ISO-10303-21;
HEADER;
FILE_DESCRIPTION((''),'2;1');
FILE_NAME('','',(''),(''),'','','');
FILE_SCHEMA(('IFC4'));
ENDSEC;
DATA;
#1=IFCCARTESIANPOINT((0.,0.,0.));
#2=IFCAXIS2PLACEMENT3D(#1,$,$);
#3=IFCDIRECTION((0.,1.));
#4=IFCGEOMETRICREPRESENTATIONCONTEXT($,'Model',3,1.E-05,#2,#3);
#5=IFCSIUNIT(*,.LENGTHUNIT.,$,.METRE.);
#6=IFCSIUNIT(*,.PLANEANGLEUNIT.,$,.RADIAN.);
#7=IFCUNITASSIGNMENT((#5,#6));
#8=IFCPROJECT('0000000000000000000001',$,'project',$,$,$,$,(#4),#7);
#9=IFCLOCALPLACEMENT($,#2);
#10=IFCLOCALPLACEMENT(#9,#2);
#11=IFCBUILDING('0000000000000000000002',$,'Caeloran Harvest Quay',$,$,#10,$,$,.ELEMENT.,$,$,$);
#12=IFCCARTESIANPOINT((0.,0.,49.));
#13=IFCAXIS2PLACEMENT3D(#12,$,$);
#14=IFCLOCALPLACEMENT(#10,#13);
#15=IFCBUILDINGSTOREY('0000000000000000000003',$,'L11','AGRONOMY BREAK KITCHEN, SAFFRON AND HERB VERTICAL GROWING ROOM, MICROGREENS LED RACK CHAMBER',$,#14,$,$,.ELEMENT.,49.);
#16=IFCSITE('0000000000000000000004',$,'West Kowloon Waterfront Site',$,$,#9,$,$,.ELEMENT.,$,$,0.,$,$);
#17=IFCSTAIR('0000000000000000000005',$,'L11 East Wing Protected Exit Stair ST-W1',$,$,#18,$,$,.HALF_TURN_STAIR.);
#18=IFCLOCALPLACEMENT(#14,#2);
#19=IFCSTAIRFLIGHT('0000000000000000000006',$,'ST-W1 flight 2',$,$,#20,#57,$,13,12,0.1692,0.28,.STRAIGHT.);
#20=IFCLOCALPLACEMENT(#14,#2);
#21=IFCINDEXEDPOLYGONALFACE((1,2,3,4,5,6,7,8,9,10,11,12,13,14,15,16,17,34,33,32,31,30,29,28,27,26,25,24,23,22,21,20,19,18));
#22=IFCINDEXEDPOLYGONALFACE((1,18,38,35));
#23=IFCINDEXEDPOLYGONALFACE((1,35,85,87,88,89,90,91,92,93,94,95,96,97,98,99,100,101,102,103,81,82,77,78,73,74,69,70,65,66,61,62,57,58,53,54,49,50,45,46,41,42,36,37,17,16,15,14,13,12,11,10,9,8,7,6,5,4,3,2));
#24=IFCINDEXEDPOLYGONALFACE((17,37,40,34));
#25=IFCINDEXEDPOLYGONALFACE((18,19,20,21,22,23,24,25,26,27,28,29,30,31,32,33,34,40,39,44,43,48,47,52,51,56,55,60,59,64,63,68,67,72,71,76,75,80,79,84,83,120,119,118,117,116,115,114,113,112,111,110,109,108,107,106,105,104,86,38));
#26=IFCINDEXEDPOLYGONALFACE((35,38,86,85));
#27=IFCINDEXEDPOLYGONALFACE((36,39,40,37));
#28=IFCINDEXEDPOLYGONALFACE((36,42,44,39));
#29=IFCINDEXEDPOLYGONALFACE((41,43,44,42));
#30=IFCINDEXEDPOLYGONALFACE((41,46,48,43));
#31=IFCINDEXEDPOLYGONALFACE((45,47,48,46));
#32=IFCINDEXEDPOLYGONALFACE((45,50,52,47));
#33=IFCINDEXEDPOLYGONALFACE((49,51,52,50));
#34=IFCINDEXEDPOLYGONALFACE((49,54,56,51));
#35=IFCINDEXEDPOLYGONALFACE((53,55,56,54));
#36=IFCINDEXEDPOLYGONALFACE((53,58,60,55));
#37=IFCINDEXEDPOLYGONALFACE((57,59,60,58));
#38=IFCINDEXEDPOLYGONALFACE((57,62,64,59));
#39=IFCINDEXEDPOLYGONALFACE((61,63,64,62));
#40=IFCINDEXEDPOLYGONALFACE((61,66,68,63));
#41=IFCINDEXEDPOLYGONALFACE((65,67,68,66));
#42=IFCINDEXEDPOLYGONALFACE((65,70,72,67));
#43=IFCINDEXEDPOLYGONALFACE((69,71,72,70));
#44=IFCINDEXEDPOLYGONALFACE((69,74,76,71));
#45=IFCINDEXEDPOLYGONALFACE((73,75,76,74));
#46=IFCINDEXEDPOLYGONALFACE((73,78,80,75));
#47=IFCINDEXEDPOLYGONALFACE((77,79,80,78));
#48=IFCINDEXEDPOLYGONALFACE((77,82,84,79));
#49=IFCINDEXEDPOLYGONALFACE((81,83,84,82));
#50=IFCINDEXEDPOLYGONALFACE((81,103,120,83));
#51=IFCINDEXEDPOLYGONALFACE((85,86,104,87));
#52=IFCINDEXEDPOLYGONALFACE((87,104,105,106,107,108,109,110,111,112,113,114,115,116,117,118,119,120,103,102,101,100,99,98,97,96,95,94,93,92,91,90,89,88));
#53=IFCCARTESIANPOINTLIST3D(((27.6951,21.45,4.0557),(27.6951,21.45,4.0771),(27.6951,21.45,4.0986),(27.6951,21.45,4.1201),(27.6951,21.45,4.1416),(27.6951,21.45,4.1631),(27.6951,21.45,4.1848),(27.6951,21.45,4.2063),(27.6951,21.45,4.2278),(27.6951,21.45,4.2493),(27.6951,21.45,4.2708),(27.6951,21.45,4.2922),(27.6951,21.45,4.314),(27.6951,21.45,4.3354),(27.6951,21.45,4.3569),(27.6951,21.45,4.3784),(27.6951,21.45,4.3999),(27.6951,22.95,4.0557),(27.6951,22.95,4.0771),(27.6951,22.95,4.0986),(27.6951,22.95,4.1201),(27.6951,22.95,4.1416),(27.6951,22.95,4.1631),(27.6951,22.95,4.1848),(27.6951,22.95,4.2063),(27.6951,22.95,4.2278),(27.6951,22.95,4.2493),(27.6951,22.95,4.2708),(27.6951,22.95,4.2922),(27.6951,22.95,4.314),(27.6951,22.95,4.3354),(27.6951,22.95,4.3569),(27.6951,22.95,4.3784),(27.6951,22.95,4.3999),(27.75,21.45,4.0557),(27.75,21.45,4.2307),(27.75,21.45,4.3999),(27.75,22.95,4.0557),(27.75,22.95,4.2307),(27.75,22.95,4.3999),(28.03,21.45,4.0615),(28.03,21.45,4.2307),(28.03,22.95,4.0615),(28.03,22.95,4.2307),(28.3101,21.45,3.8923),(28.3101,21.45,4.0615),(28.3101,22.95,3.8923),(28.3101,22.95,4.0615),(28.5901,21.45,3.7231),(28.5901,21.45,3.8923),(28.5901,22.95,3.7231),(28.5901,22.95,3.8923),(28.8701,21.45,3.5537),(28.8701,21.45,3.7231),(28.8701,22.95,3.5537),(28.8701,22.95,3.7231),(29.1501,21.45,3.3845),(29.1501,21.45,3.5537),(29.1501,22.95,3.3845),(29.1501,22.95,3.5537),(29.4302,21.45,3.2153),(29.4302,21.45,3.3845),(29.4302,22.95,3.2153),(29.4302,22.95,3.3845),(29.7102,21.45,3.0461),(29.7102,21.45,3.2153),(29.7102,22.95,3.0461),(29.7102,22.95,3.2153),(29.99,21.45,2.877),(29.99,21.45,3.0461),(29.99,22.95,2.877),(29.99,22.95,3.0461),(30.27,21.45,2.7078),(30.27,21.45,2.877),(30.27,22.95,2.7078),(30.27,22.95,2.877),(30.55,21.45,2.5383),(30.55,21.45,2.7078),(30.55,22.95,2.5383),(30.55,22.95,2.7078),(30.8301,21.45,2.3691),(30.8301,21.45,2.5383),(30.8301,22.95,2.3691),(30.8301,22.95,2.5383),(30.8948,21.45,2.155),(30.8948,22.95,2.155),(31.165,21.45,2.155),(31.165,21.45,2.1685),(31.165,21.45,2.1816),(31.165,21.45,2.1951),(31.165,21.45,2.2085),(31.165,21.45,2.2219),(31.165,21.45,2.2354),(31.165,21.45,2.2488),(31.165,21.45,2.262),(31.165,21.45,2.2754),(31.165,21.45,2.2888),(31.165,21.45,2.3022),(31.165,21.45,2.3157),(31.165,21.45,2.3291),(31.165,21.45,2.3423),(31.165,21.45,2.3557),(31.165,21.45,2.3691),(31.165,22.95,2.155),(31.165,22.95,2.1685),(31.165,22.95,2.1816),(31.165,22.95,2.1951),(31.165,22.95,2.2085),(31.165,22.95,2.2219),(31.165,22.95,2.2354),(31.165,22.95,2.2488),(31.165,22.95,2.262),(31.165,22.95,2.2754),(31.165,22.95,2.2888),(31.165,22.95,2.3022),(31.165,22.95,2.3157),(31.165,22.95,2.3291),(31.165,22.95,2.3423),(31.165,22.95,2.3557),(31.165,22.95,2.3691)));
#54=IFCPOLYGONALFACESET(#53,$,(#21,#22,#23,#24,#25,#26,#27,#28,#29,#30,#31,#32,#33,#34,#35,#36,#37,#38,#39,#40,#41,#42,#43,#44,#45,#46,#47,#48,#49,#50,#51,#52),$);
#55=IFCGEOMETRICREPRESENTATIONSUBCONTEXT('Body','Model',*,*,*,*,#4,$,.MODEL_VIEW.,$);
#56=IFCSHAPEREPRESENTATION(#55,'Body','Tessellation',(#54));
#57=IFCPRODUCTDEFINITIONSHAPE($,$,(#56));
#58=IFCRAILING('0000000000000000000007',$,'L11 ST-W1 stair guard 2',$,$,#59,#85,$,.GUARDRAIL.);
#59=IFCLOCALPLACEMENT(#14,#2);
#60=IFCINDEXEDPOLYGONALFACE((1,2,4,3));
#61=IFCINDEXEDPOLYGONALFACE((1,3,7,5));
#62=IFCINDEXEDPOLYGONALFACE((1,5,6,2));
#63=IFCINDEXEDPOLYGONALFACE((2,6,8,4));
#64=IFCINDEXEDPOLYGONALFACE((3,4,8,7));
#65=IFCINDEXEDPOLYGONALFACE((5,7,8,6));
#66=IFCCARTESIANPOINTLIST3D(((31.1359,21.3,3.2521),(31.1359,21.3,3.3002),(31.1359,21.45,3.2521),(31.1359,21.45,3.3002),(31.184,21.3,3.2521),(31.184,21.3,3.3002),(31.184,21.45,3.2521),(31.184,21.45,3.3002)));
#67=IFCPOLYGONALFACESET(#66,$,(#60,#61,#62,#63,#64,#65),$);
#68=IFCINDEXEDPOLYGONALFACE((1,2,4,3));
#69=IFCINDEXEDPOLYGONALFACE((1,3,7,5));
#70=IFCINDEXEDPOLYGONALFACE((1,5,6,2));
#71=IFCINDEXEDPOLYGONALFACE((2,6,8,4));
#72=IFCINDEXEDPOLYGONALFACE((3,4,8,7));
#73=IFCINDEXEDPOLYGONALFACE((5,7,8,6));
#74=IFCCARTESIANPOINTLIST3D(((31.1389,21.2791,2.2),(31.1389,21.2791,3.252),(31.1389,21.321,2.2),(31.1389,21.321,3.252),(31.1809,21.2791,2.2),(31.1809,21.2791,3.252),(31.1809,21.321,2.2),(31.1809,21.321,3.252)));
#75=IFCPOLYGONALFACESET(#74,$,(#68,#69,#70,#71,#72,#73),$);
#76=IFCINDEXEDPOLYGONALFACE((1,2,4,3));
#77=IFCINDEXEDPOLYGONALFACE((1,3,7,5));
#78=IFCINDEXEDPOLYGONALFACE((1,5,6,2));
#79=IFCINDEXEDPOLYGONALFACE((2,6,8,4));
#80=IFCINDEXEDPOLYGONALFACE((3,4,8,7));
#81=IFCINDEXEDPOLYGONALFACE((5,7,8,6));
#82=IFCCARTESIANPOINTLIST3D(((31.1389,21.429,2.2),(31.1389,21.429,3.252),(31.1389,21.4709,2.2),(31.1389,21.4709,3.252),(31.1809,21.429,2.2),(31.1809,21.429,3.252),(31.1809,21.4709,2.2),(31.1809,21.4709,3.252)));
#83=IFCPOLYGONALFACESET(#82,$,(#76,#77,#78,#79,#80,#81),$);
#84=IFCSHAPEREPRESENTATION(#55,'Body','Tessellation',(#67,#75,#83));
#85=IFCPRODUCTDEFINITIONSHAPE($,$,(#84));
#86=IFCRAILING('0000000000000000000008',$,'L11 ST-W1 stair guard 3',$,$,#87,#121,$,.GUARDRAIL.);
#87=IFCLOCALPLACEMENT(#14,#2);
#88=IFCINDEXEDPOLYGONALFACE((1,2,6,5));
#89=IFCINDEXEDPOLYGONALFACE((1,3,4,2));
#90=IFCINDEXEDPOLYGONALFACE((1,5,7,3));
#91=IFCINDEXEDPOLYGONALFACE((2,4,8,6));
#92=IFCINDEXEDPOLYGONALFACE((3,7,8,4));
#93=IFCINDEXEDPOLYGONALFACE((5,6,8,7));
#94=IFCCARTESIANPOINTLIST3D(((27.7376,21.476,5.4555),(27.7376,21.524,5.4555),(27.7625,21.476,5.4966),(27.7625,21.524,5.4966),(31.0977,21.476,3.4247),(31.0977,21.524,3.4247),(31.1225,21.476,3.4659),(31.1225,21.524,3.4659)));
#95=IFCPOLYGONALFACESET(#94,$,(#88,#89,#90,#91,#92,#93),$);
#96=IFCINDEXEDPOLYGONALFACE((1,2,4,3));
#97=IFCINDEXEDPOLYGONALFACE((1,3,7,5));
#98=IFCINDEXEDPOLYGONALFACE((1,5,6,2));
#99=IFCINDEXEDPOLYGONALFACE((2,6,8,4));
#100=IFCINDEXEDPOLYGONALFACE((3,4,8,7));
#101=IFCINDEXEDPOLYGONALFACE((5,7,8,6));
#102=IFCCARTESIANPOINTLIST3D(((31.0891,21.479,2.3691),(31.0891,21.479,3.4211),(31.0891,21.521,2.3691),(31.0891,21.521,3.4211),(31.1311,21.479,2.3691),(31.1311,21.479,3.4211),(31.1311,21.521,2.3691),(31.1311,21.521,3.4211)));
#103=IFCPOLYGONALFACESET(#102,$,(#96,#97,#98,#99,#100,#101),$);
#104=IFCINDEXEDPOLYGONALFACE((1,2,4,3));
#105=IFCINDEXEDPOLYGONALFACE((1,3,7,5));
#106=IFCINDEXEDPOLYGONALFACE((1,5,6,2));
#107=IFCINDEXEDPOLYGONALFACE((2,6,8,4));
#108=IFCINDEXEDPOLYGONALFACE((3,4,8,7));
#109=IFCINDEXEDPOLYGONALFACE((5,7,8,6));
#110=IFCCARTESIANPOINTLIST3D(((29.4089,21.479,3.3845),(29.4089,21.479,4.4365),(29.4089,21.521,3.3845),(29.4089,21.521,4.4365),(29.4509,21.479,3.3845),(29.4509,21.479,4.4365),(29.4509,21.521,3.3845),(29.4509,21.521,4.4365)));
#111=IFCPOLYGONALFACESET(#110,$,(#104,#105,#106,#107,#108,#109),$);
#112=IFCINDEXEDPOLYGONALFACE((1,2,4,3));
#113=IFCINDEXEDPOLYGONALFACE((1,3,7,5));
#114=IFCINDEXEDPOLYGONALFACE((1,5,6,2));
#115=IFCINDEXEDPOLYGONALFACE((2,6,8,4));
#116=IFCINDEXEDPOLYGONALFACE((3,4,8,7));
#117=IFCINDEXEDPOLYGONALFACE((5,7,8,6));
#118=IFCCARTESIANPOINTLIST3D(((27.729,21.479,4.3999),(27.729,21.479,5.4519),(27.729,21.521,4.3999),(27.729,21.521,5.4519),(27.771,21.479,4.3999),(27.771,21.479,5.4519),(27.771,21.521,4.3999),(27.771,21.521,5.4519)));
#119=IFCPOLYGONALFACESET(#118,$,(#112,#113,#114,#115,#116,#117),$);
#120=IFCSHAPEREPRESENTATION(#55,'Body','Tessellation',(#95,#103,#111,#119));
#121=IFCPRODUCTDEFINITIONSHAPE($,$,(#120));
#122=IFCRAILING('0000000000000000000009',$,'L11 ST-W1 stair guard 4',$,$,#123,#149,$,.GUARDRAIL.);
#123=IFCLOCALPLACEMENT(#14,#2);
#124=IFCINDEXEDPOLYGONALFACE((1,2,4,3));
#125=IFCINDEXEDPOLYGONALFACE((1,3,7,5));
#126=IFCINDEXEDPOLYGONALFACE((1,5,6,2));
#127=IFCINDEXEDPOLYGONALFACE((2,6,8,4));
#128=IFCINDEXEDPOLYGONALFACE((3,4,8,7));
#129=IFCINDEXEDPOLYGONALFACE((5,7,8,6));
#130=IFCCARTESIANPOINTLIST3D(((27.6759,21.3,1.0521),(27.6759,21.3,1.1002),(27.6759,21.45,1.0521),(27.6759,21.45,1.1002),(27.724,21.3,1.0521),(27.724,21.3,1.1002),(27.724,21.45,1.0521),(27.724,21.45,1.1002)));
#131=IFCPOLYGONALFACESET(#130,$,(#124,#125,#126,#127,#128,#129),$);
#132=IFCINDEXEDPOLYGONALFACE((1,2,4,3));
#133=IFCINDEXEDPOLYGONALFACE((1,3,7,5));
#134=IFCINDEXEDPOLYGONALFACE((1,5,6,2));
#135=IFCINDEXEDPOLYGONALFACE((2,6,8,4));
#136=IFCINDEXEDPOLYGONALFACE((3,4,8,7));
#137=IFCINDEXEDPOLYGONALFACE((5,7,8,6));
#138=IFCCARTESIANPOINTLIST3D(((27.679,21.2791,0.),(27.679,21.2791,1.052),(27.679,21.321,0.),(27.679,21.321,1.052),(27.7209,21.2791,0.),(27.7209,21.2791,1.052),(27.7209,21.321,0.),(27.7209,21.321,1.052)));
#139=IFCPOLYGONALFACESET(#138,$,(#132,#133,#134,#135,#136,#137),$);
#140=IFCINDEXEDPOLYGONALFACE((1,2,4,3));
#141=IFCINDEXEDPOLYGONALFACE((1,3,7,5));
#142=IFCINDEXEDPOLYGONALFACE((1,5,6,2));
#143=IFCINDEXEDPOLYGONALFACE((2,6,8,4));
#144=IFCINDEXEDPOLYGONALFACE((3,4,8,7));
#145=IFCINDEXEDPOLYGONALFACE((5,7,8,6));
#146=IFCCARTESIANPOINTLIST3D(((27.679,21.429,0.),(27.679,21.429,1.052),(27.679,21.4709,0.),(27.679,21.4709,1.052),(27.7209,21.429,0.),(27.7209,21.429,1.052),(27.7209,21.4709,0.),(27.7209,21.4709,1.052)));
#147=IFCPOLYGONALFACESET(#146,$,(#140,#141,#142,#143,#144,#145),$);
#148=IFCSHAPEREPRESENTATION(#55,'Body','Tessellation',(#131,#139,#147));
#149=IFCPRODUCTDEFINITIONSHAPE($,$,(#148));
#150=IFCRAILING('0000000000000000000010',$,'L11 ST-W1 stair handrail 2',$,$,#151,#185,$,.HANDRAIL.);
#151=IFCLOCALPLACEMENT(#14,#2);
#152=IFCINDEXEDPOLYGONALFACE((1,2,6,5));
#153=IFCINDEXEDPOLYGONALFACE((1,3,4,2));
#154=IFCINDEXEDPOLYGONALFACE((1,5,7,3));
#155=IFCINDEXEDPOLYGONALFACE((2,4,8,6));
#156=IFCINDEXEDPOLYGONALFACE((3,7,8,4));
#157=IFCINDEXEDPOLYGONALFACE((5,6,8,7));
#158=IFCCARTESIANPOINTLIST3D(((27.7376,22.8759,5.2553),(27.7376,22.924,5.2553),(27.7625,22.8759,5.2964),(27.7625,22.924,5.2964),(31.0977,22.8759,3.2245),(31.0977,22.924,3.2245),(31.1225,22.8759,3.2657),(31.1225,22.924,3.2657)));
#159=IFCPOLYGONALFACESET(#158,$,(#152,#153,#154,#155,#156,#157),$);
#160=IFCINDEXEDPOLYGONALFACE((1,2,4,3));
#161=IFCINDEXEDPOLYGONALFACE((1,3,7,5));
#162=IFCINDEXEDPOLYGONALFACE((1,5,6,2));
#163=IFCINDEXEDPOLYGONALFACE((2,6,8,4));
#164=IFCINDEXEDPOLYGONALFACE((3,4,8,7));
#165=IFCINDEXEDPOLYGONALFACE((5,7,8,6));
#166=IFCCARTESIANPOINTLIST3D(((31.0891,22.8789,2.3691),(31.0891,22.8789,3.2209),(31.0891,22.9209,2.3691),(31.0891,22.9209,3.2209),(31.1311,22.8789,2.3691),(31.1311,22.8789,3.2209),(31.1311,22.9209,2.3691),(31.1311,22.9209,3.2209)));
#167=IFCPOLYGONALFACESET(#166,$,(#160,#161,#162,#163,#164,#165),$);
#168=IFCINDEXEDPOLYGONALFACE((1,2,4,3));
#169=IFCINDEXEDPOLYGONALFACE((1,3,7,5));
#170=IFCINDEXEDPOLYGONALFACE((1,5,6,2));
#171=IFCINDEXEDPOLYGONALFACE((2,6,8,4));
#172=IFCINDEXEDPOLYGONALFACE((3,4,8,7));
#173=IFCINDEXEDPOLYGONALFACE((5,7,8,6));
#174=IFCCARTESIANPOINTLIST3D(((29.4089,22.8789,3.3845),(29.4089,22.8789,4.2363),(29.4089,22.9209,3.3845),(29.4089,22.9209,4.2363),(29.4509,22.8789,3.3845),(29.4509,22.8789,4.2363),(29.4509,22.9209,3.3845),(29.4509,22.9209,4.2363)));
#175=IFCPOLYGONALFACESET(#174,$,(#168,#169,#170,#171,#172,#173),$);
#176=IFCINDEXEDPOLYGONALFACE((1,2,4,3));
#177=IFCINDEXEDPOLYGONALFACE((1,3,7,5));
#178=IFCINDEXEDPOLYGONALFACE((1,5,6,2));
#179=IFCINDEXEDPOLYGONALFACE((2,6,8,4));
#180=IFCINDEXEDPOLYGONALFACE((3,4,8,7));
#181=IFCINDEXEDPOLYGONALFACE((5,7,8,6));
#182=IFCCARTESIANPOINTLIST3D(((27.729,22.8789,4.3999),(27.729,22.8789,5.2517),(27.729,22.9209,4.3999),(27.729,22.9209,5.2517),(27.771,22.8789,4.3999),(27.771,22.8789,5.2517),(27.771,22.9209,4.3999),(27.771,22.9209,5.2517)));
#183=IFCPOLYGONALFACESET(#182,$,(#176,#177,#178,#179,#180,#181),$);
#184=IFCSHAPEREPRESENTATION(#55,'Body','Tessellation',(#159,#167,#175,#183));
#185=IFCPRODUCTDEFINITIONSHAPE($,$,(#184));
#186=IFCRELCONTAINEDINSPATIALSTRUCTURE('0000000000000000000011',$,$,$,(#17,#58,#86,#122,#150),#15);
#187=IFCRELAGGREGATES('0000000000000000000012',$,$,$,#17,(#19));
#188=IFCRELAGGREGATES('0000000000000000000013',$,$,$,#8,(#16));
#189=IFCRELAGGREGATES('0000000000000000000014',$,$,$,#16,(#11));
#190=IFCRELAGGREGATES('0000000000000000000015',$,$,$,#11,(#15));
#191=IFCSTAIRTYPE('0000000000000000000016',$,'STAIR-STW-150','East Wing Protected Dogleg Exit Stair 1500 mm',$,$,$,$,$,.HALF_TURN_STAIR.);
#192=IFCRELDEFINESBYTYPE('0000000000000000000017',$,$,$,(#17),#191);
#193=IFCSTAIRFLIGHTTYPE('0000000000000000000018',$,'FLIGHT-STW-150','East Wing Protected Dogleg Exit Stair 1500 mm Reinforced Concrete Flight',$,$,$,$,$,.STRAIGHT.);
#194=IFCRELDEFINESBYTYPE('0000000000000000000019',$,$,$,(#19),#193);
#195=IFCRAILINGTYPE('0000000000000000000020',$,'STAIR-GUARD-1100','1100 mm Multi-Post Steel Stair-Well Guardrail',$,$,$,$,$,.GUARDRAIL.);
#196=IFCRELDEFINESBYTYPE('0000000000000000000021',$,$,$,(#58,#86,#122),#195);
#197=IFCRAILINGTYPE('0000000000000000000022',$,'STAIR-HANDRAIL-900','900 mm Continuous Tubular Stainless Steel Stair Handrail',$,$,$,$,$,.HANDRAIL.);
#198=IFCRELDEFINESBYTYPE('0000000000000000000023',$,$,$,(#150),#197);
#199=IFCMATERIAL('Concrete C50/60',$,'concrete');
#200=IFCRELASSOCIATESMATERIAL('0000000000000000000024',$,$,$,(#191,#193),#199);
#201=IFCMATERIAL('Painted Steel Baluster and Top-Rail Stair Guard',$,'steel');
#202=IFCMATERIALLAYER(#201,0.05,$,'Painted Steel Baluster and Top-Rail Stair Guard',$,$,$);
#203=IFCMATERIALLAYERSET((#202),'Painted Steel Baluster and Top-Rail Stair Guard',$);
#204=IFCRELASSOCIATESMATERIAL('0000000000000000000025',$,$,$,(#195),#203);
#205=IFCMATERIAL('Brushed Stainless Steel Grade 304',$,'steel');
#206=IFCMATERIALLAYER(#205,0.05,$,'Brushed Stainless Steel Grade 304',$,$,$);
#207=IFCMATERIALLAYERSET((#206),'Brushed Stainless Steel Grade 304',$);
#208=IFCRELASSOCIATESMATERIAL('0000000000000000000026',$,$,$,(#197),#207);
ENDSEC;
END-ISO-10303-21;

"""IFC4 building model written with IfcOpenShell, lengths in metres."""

from ifc_helpers import new_model, si_unit, direction, frame, origin, origin_2d, place, context, subcontext, project, spatial, polyline, rectangle, outline, extrude, material, layer, layer_set, type_object, element, aggregate, save


model = new_model("IFC4")

# Units and contexts
model_context = context("Model", 3, precision=1e-05, world=origin(), true_north=direction((0.0, 1.0)))
body_context = subcontext(model_context, "Body", "Model", "MODEL_VIEW")
ifc_project = project(units=[si_unit("LENGTHUNIT", "METRE"), si_unit("PLANEANGLEUNIT", "RADIAN")], contexts=[model_context])

# Site, building, storey
site_placement = place(None, origin())
site = spatial("IfcSite", under=ifc_project, at=site_placement, Name="West Kowloon Waterfront Site", CompositionType="ELEMENT", RefElevation=0.0)
building_placement = place(site_placement, origin())
building = spatial("IfcBuilding", under=site, at=building_placement, Name="Caeloran Harvest Quay", CompositionType="ELEMENT")
storey_placement = place(building_placement, frame((0.0, 0.0, 49.0)))
storey = spatial("IfcBuildingStorey", under=building, at=storey_placement, Name="L11", Description="AGRONOMY BREAK KITCHEN, SAFFRON AND HERB VERTICAL GROWING ROOM, MICROGREENS LED RACK CHAMBER", CompositionType="ELEMENT", Elevation=49.0)

# Stair, stair flight
ifc_material_1 = material(Name="Concrete C50/60", Category="concrete")
stair_type = type_object("IfcStairType", Name="STAIR-STW-150", Description="East Wing Protected Dogleg Exit Stair 1500 mm", PredefinedType="HALF_TURN_STAIR", material=ifc_material_1)
stair_placement = place(storey_placement, origin())
stair = element("IfcStair", 1, at=stair_placement, inside=storey, type_object=stair_type, Name="L11 East Wing Protected Exit Stair ST-W1", PredefinedType="HALF_TURN_STAIR")
stair_flight_type = type_object("IfcStairFlightType", Name="FLIGHT-STW-150", Description="East Wing Protected Dogleg Exit Stair 1500 mm Reinforced Concrete Flight", PredefinedType="STRAIGHT", material=ifc_material_1)
stair_flight_placement = place(storey_placement, frame((31.1101, 22.2, 2.2), z_axis=(0.0, 0.0, 1.0), x_axis=(-1.0, 0.0, 0.0)))
stair_flight = element("IfcStairFlight", 2, at=stair_flight_placement, type_object=stair_flight_type, Name="ST-W1 flight 2", NumberOfRisers=13, NumberOfTreads=12, PredefinedType="STRAIGHT", RiserHeight=0.1692, TreadLength=0.28, context=body_context, shape_type="SweptSolid", body=[
    extrude(outline(polyline([(-0.0549, -0.0449), (-0.0549, -0.0315), (-0.0549, -0.0183), (-0.0549, -0.0049), (-0.0549, 0.0085), (-0.0549, 0.022), (-0.0549, 0.0354), (-0.0549, 0.0488), (-0.0549, 0.062), (-0.0549, 0.0754), (-0.0549, 0.0889), (-0.0549, 0.1023), (-0.0549, 0.1157), (-0.0549, 0.1292), (-0.0549, 0.1423), (-0.0549, 0.1558), (-0.0549, 0.1692), (0.28, 0.1692), (0.28, 0.3384), (0.5601, 0.3384), (0.5601, 0.5078), (0.8401, 0.5078), (0.8401, 0.677), (1.1201, 0.677), (1.1201, 0.8462), (1.3999, 0.8462), (1.3999, 1.0154), (1.6799, 1.0154), (1.6799, 1.1846), (1.96, 1.1846), (1.96, 1.3538), (2.24, 1.3538), (2.24, 1.5232), (2.52, 1.5232), (2.52, 1.6924), (2.8, 1.6924), (2.8, 1.8616), (3.0801, 1.8616), (3.0801, 2.0308), (3.3601, 2.0308), (3.3601, 2.2), (3.415, 2.2), (3.415, 2.1785), (3.415, 2.157), (3.415, 2.1355), (3.415, 2.114), (3.415, 2.0923), (3.415, 2.0708), (3.415, 2.0493), (3.415, 2.0278), (3.415, 2.0063), (3.415, 1.9849), (3.415, 1.9631), (3.415, 1.9417), (3.415, 1.9202), (3.415, 1.8987), (3.415, 1.8772), (3.415, 1.8557), (3.3601, 1.8557), (0.2153, -0.0449), (-0.0549, -0.0449)])), frame((0.0, 0.75, 0.0), z_axis=(0.0, -1.0, 0.0), x_axis=(1.0, 0.0, 0.0)), (0.0, 0.0, 1.0), 1.5),
])
aggregate(stair, [stair_flight])

# Railings
ifc_material_2 = material(Name="Painted Steel Baluster and Top-Rail Stair Guard", Category="steel")
ifc_layer_1 = layer(ifc_material_2, 0.05, Name="Painted Steel Baluster and Top-Rail Stair Guard")
ifc_layer_set_1 = layer_set([ifc_layer_1], Name="Painted Steel Baluster and Top-Rail Stair Guard")
railing_type_1 = type_object("IfcRailingType", Name="STAIR-GUARD-1100", Description="1100 mm Multi-Post Steel Stair-Well Guardrail", PredefinedType="GUARDRAIL", material=ifc_layer_set_1)
railing_1_placement = place(storey_placement, frame((31.1599, 21.3, 2.2)))
element("IfcRailing", 3, at=railing_1_placement, inside=storey, type_object=railing_type_1, Name="L11 ST-W1 stair guard 2", PredefinedType="GUARDRAIL", context=body_context, shape_type="SweptSolid", body=[
    extrude(rectangle(XDim=0.0481, YDim=0.0481, at=origin_2d()), frame((0.0, 0.0, 1.0762), z_axis=(0.0, 1.0, 0.0), x_axis=(-1.0, 0.0, 0.0)), (0.0, 0.0, 1.0), 0.1499),
    extrude(rectangle(XDim=0.042, YDim=0.042, at=origin_2d()), origin(), (0.0, 0.0, 1.0), 1.052),
    extrude(rectangle(XDim=0.042, YDim=0.042, at=origin_2d()), frame((0.0, 0.1499, 0.0)), (0.0, 0.0, 1.0), 1.052),
])
railing_2_placement = place(storey_placement, frame((31.1101, 21.5, 2.3691)))
element("IfcRailing", 4, at=railing_2_placement, inside=storey, type_object=railing_type_1, Name="L11 ST-W1 stair guard 3", PredefinedType="GUARDRAIL", context=body_context, shape_type="SweptSolid", body=[
    extrude(rectangle(XDim=0.0481, YDim=0.0481, at=origin_2d()), frame((0.0, 0.0, 1.0762), z_axis=(-0.855837, 0.0, 0.517246), x_axis=(0.0, -1.0, 0.0)), (0.0, 0.0, 1.0), 3.926),
    extrude(rectangle(XDim=0.042, YDim=0.042, at=origin_2d()), origin(), (0.0, 0.0, 1.0), 1.052),
    extrude(rectangle(XDim=0.042, YDim=0.042, at=origin_2d()), frame((-1.6802, 0.0, 1.0154)), (0.0, 0.0, 1.0), 1.052),
    extrude(rectangle(XDim=0.042, YDim=0.042, at=origin_2d()), frame((-3.3601, 0.0, 2.0308)), (0.0, 0.0, 1.0), 1.052),
])
railing_3_placement = place(storey_placement, frame((27.7, 21.3, 0.0)))
element("IfcRailing", 5, at=railing_3_placement, inside=storey, type_object=railing_type_1, Name="L11 ST-W1 stair guard 4", PredefinedType="GUARDRAIL", context=body_context, shape_type="SweptSolid", body=[
    extrude(rectangle(XDim=0.0481, YDim=0.0481, at=origin_2d()), frame((0.0, 0.0, 1.0762), z_axis=(0.0, 1.0, 0.0), x_axis=(-1.0, 0.0, 0.0)), (0.0, 0.0, 1.0), 0.1499),
    extrude(rectangle(XDim=0.042, YDim=0.042, at=origin_2d()), origin(), (0.0, 0.0, 1.0), 1.052),
    extrude(rectangle(XDim=0.042, YDim=0.042, at=origin_2d()), frame((0.0, 0.1499, 0.0)), (0.0, 0.0, 1.0), 1.052),
])
ifc_material_3 = material(Name="Brushed Stainless Steel Grade 304", Category="steel")
ifc_layer_2 = layer(ifc_material_3, 0.05, Name="Brushed Stainless Steel Grade 304")
ifc_layer_set_2 = layer_set([ifc_layer_2], Name="Brushed Stainless Steel Grade 304")
railing_type_2 = type_object("IfcRailingType", Name="STAIR-HANDRAIL-900", Description="900 mm Continuous Tubular Stainless Steel Stair Handrail", PredefinedType="HANDRAIL", material=ifc_layer_set_2)
railing_4_placement = place(storey_placement, frame((31.1101, 22.8999, 2.3691)))
element("IfcRailing", 6, at=railing_4_placement, inside=storey, type_object=railing_type_2, Name="L11 ST-W1 stair handrail 2", PredefinedType="HANDRAIL", context=body_context, shape_type="SweptSolid", body=[
    extrude(rectangle(XDim=0.0481, YDim=0.0481, at=origin_2d()), frame((0.0, 0.0, 0.876), z_axis=(-0.855837, 0.0, 0.517246), x_axis=(0.0, -1.0, 0.0)), (0.0, 0.0, 1.0), 3.926),
    extrude(rectangle(XDim=0.042, YDim=0.042, at=origin_2d()), origin(), (0.0, 0.0, 1.0), 0.8518),
    extrude(rectangle(XDim=0.042, YDim=0.042, at=origin_2d()), frame((-1.6802, 0.0, 1.0154)), (0.0, 0.0, 1.0), 0.8518),
    extrude(rectangle(XDim=0.042, YDim=0.042, at=origin_2d()), frame((-3.3601, 0.0, 2.0308)), (0.0, 0.0, 1.0), 0.8518),
])

save(model, "model.ifc")
